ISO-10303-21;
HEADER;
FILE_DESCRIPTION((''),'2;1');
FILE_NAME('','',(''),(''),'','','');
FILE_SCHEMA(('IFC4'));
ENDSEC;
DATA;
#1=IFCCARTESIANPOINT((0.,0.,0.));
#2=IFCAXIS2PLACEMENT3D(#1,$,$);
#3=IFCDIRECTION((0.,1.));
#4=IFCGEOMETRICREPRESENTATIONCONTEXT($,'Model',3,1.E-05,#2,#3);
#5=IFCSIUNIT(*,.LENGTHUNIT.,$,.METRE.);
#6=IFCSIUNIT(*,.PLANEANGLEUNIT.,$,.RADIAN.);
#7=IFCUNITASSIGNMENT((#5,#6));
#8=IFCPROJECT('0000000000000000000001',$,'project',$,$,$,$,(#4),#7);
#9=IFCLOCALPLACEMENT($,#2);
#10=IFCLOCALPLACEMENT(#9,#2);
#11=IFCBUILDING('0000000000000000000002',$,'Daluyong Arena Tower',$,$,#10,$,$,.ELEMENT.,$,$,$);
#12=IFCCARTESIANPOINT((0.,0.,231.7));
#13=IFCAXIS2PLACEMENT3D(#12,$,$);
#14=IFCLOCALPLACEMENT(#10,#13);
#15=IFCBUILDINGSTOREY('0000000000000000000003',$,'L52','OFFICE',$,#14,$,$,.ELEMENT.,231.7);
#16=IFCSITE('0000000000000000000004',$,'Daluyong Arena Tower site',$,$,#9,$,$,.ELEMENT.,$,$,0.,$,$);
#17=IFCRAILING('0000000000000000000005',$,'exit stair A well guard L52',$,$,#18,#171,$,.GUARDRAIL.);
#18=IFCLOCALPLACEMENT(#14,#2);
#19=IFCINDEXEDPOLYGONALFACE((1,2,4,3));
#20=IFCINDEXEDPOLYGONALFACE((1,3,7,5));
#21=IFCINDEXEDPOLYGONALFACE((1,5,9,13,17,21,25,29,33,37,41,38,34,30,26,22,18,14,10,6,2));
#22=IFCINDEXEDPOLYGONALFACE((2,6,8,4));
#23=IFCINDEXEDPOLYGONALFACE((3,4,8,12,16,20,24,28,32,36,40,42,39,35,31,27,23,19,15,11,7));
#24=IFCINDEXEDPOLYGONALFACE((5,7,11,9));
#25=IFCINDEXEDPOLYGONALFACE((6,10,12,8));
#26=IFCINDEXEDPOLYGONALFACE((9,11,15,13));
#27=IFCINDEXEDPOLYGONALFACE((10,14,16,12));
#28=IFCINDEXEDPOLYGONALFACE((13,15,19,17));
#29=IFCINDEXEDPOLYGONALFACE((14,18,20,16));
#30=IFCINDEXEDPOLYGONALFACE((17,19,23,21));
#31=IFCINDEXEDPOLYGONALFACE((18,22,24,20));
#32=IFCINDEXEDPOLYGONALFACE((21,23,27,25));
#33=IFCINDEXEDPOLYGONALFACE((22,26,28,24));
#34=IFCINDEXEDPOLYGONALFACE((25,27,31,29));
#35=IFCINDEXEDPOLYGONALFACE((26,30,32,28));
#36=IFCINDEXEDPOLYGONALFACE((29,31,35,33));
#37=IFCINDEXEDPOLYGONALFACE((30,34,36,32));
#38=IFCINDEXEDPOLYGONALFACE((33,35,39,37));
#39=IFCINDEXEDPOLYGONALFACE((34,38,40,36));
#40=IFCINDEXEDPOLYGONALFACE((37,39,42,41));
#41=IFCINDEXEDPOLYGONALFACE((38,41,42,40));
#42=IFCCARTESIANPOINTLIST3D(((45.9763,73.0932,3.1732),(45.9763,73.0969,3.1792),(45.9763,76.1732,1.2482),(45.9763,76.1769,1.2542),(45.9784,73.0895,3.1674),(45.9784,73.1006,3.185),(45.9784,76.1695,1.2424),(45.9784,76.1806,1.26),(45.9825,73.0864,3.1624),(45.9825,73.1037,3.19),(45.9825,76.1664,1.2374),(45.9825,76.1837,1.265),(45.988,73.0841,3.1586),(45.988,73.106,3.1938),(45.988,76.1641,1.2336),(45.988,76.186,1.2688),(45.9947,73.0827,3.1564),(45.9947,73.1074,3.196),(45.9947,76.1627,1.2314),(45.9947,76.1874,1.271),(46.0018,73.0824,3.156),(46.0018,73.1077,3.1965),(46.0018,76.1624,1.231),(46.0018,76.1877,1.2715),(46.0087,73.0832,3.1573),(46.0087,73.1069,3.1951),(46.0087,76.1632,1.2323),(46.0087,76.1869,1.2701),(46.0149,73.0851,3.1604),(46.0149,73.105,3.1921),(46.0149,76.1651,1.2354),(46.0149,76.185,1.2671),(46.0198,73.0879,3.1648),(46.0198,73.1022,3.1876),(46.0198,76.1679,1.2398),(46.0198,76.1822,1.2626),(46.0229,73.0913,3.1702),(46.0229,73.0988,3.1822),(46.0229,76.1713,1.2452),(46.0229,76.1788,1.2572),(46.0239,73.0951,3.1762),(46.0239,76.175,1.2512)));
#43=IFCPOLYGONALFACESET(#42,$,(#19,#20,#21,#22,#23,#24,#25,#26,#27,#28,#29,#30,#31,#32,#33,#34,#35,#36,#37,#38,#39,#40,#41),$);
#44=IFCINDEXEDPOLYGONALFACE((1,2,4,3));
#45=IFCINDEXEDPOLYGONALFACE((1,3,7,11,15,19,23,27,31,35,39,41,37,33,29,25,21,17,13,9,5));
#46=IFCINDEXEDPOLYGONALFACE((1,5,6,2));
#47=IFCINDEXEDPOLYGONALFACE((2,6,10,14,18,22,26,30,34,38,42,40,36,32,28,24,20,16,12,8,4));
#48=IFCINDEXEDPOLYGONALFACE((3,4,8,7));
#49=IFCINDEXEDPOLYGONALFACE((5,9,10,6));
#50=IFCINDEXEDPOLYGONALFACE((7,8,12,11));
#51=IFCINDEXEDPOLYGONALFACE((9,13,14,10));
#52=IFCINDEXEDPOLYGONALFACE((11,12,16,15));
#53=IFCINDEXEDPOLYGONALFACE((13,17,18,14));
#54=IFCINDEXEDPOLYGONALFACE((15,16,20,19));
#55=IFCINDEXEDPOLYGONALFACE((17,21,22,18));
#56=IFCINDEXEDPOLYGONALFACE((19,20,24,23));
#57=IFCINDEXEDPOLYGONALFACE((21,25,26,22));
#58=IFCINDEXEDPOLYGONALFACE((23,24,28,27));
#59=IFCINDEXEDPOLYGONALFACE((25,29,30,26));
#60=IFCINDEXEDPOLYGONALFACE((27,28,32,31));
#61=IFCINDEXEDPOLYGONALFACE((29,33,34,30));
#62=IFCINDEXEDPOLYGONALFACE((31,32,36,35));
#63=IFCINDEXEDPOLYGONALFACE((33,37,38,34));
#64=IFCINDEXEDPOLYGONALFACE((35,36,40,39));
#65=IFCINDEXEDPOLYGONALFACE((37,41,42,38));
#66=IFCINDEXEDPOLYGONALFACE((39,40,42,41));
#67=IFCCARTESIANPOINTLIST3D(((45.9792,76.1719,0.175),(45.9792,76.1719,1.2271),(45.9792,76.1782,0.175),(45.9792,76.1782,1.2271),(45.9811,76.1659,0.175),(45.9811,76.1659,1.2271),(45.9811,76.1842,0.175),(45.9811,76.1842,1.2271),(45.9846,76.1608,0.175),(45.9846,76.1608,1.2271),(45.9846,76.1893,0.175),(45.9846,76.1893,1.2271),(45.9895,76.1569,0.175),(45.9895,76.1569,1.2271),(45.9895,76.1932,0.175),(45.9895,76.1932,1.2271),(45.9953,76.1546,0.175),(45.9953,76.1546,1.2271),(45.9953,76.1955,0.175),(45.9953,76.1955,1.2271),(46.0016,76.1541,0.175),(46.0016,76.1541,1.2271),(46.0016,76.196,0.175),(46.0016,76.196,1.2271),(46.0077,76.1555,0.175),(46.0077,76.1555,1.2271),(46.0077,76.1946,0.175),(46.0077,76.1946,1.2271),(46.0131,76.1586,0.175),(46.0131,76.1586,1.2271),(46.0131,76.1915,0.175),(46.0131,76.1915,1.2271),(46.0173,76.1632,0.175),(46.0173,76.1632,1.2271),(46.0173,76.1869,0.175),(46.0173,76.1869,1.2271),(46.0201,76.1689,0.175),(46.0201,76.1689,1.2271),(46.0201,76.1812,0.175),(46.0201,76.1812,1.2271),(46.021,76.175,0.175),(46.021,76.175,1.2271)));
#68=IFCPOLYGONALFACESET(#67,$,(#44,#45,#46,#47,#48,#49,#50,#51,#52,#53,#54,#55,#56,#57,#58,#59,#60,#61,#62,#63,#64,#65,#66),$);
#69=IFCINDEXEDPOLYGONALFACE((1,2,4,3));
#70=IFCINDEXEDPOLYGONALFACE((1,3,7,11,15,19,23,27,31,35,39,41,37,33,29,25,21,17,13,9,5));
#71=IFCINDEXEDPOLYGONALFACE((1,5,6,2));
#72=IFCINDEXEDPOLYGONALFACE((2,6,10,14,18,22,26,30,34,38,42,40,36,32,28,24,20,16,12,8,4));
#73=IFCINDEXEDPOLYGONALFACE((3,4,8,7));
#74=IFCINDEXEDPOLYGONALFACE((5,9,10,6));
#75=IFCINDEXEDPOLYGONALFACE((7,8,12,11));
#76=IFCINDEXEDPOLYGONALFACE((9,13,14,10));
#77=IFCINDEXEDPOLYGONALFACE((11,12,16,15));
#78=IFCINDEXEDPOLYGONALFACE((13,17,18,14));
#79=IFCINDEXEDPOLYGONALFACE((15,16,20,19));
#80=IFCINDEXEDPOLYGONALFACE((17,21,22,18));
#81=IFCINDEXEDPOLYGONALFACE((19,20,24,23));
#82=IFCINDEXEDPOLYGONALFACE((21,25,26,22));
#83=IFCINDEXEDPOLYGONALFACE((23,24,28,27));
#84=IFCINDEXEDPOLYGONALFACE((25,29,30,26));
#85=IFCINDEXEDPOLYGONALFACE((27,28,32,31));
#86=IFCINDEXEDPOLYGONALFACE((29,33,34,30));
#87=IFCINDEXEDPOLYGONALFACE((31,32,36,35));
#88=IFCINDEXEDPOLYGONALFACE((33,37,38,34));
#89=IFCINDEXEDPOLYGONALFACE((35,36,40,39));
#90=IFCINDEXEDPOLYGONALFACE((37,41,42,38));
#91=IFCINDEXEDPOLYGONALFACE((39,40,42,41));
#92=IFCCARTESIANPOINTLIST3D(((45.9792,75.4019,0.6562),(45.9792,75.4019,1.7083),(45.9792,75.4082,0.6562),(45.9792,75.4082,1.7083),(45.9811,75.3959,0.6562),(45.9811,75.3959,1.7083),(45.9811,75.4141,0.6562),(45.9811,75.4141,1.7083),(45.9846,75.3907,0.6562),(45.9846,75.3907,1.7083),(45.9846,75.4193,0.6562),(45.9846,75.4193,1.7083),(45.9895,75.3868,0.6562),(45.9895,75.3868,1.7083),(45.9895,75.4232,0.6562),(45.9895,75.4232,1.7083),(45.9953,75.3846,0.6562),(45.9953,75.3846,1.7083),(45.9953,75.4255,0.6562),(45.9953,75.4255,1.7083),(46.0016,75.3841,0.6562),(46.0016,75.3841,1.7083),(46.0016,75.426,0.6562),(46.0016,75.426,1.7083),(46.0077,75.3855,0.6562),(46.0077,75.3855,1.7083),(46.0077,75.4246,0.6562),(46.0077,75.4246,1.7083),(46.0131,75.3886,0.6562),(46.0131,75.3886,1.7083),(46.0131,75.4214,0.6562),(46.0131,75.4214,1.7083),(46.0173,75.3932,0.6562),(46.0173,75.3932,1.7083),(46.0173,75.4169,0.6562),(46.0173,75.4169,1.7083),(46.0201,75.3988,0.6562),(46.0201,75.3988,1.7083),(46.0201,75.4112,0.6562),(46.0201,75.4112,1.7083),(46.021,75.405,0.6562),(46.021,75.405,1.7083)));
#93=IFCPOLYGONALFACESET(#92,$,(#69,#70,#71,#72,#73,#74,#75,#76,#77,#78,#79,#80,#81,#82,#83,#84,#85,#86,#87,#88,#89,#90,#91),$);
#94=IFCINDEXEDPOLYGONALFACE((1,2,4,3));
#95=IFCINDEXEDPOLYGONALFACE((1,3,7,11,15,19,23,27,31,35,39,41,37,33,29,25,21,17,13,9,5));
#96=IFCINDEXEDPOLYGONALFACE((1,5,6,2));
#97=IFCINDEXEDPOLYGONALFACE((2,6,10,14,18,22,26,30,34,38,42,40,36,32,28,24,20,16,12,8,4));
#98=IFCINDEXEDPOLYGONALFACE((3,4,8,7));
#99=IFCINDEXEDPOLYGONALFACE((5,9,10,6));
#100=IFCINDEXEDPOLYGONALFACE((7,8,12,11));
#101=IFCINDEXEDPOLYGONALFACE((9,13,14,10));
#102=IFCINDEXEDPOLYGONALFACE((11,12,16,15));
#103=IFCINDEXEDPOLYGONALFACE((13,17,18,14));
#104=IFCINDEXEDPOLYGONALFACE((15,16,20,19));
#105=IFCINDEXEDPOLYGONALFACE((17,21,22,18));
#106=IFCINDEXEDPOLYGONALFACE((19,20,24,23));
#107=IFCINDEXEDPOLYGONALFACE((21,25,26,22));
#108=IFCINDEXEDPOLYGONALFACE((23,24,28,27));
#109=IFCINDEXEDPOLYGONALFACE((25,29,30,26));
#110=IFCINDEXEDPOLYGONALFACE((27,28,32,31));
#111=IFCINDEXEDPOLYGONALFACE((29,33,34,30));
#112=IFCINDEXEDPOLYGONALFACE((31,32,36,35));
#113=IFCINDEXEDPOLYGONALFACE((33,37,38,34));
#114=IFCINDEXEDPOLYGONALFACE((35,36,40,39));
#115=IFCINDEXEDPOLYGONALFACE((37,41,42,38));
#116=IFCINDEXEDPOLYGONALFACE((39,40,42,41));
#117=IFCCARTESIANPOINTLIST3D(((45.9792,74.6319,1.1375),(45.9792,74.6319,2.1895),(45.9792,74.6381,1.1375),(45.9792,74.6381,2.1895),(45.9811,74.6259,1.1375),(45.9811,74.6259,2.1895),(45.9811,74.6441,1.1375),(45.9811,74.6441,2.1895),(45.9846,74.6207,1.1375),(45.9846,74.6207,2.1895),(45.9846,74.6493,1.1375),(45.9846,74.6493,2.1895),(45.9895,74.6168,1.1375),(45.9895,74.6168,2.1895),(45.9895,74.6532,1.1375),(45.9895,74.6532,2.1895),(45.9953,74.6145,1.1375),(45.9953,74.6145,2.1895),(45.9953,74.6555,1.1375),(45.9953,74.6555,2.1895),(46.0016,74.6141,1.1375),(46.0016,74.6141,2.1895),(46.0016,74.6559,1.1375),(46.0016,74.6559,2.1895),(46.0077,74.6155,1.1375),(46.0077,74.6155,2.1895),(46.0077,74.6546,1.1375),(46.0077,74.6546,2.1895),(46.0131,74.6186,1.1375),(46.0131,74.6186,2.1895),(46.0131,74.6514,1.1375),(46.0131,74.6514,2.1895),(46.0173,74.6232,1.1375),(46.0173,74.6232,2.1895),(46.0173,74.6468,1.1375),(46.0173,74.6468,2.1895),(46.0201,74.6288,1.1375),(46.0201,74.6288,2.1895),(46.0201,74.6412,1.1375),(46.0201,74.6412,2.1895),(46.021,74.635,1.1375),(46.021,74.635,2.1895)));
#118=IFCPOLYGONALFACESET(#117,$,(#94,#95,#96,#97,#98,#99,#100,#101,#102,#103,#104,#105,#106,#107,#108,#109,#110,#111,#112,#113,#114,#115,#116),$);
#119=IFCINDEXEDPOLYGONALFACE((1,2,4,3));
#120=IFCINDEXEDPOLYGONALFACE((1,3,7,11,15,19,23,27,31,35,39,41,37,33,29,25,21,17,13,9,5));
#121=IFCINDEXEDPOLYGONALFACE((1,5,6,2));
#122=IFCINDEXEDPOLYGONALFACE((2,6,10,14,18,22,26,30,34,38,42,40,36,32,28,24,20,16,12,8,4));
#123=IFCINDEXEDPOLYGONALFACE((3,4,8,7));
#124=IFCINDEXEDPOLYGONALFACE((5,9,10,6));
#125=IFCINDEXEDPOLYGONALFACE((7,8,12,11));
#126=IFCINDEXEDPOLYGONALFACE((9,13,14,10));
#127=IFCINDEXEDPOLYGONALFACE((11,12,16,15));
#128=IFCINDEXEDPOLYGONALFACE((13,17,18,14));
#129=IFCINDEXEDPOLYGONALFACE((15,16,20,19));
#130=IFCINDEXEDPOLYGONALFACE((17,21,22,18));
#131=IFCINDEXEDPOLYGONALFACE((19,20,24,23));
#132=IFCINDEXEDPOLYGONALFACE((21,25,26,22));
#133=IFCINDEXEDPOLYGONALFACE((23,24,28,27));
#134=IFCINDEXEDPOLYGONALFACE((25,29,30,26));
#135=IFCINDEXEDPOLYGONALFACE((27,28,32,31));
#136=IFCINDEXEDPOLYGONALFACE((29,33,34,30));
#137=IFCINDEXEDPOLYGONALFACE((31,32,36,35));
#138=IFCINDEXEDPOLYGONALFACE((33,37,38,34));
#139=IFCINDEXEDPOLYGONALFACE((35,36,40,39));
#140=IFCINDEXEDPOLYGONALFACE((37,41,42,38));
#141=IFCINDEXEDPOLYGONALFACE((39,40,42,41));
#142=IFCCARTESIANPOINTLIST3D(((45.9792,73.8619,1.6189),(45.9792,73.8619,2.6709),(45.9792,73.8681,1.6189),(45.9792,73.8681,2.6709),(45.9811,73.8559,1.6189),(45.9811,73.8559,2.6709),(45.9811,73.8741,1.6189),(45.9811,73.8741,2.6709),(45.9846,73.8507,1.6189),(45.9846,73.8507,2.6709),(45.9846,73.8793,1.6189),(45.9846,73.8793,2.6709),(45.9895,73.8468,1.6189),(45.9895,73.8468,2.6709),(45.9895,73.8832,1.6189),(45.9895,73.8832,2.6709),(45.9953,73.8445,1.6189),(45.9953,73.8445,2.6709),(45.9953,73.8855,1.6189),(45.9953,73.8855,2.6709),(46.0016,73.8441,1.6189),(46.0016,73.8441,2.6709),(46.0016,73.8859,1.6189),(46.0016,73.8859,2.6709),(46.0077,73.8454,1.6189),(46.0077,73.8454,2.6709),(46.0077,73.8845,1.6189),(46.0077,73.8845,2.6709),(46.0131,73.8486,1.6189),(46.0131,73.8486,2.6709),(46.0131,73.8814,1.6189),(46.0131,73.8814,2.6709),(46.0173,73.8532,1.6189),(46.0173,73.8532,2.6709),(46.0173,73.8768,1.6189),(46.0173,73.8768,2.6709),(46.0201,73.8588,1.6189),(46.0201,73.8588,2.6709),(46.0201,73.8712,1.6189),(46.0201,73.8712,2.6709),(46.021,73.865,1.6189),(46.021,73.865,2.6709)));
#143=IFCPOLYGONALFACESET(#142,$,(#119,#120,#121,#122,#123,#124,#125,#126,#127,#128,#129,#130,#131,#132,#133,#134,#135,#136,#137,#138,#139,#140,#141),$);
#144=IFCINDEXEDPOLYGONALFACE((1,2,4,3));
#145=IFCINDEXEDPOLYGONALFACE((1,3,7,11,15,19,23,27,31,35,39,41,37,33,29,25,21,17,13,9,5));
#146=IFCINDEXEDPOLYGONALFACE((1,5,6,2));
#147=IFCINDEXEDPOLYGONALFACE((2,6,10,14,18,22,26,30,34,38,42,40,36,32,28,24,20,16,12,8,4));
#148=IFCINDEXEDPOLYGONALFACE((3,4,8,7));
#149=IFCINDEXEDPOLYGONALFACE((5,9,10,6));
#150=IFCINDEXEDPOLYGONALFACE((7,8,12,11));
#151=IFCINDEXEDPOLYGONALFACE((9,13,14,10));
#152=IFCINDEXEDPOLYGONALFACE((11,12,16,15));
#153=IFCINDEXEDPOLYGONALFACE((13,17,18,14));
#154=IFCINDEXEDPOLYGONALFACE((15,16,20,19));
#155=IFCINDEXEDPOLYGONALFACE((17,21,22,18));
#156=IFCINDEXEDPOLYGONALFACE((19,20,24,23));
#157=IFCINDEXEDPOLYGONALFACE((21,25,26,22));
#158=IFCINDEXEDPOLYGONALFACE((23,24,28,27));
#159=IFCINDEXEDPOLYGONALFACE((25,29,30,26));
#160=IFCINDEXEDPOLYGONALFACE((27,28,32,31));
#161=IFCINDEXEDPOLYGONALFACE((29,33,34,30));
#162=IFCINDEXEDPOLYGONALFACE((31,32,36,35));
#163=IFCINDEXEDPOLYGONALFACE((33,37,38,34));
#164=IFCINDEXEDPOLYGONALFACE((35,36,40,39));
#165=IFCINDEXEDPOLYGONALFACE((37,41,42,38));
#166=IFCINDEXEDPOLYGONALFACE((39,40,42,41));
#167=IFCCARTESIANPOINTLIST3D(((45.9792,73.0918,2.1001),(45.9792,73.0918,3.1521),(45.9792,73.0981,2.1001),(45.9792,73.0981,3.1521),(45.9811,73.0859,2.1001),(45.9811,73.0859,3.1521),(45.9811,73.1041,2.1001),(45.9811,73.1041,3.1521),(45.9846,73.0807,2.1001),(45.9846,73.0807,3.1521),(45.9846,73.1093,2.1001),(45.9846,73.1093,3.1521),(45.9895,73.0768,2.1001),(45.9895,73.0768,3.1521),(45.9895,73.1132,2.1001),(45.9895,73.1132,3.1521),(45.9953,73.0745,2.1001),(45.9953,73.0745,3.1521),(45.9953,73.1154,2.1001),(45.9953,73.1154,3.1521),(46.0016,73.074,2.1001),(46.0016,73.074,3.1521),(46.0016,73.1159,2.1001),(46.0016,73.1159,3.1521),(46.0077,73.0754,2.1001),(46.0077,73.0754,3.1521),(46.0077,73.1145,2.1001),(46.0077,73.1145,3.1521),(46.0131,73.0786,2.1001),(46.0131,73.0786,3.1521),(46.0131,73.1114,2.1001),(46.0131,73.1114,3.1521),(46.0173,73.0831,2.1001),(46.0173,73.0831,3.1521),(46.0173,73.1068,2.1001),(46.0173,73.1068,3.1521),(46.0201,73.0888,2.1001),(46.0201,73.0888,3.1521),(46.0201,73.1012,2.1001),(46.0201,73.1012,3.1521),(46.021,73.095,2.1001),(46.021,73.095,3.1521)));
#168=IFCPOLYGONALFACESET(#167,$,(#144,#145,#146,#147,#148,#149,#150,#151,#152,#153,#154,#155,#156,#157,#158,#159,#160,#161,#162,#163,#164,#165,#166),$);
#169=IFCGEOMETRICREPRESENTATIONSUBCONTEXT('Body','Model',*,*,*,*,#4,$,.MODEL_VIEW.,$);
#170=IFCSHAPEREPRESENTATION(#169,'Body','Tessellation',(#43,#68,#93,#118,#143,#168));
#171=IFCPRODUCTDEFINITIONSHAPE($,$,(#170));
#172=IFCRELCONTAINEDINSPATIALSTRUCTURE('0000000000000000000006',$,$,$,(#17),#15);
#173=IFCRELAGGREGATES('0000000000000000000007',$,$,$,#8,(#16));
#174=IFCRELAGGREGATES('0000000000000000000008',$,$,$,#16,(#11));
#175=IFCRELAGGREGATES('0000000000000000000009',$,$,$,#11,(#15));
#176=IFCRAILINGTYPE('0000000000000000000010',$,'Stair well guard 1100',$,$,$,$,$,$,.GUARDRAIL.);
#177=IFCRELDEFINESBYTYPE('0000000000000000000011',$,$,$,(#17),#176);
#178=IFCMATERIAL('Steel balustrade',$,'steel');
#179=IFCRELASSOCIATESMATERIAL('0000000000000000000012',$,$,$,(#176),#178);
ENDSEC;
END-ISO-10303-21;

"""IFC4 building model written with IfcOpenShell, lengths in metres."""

from ifc_helpers import new_model, si_unit, direction, frame, origin, origin_2d, place, context, subcontext, project, spatial, circle, extrude, material, type_object, element, save


model = new_model("IFC4")

# Units and contexts
model_context = context("Model", 3, precision=1e-05, world=origin(), true_north=direction((0.0, 1.0)))
body_context = subcontext(model_context, "Body", "Model", "MODEL_VIEW")
ifc_project = project(units=[si_unit("LENGTHUNIT", "METRE"), si_unit("PLANEANGLEUNIT", "RADIAN")], contexts=[model_context])

# Site, building, storey
site_placement = place(None, origin())
site = spatial("IfcSite", under=ifc_project, at=site_placement, Name="Daluyong Arena Tower site", CompositionType="ELEMENT", RefElevation=0.0)
building_placement = place(site_placement, origin())
building = spatial("IfcBuilding", under=site, at=building_placement, Name="Daluyong Arena Tower", CompositionType="ELEMENT")
storey_placement = place(building_placement, frame((0.0, 0.0, 231.7)))
storey = spatial("IfcBuildingStorey", under=building, at=storey_placement, Name="L52", Description="OFFICE", CompositionType="ELEMENT", Elevation=231.7)

# Railing
ifc_material_1 = material(Name="Steel balustrade", Category="steel")
railing_type_1 = type_object("IfcRailingType", Name="Stair well guard 1100", PredefinedType="GUARDRAIL", material=ifc_material_1)
railing_1_placement = place(storey_placement, frame((46.0, 76.175, 0.175)))
element("IfcRailing", 1, at=railing_1_placement, inside=storey, type_object=railing_type_1, Name="exit stair A well guard L52", PredefinedType="GUARDRAIL", context=body_context, shape_type="SweptSolid", body=[
    extrude(circle(Radius=0.0239, at=origin_2d()), frame((0.0, 0.0, 1.0762), z_axis=(0.0, -0.847998, 0.529999), x_axis=(1.0, 0.0, 0.0)), (0.0, 0.0, 1.0), 3.6321),
    extrude(circle(Radius=0.021, at=origin_2d()), origin(), (0.0, 0.0, 1.0), 1.052),
    extrude(circle(Radius=0.021, at=origin_2d()), frame((0.0, -0.77, 0.4812)), (0.0, 0.0, 1.0), 1.052),
    extrude(circle(Radius=0.021, at=origin_2d()), frame((0.0, -1.54, 0.9624)), (0.0, 0.0, 1.0), 1.052),
    extrude(circle(Radius=0.021, at=origin_2d()), frame((0.0, -2.3101, 1.4438)), (0.0, 0.0, 1.0), 1.052),
    extrude(circle(Radius=0.021, at=origin_2d()), frame((0.0, -3.0801, 1.925)), (0.0, 0.0, 1.0), 1.052),
])

save(model, "model.ifc")
